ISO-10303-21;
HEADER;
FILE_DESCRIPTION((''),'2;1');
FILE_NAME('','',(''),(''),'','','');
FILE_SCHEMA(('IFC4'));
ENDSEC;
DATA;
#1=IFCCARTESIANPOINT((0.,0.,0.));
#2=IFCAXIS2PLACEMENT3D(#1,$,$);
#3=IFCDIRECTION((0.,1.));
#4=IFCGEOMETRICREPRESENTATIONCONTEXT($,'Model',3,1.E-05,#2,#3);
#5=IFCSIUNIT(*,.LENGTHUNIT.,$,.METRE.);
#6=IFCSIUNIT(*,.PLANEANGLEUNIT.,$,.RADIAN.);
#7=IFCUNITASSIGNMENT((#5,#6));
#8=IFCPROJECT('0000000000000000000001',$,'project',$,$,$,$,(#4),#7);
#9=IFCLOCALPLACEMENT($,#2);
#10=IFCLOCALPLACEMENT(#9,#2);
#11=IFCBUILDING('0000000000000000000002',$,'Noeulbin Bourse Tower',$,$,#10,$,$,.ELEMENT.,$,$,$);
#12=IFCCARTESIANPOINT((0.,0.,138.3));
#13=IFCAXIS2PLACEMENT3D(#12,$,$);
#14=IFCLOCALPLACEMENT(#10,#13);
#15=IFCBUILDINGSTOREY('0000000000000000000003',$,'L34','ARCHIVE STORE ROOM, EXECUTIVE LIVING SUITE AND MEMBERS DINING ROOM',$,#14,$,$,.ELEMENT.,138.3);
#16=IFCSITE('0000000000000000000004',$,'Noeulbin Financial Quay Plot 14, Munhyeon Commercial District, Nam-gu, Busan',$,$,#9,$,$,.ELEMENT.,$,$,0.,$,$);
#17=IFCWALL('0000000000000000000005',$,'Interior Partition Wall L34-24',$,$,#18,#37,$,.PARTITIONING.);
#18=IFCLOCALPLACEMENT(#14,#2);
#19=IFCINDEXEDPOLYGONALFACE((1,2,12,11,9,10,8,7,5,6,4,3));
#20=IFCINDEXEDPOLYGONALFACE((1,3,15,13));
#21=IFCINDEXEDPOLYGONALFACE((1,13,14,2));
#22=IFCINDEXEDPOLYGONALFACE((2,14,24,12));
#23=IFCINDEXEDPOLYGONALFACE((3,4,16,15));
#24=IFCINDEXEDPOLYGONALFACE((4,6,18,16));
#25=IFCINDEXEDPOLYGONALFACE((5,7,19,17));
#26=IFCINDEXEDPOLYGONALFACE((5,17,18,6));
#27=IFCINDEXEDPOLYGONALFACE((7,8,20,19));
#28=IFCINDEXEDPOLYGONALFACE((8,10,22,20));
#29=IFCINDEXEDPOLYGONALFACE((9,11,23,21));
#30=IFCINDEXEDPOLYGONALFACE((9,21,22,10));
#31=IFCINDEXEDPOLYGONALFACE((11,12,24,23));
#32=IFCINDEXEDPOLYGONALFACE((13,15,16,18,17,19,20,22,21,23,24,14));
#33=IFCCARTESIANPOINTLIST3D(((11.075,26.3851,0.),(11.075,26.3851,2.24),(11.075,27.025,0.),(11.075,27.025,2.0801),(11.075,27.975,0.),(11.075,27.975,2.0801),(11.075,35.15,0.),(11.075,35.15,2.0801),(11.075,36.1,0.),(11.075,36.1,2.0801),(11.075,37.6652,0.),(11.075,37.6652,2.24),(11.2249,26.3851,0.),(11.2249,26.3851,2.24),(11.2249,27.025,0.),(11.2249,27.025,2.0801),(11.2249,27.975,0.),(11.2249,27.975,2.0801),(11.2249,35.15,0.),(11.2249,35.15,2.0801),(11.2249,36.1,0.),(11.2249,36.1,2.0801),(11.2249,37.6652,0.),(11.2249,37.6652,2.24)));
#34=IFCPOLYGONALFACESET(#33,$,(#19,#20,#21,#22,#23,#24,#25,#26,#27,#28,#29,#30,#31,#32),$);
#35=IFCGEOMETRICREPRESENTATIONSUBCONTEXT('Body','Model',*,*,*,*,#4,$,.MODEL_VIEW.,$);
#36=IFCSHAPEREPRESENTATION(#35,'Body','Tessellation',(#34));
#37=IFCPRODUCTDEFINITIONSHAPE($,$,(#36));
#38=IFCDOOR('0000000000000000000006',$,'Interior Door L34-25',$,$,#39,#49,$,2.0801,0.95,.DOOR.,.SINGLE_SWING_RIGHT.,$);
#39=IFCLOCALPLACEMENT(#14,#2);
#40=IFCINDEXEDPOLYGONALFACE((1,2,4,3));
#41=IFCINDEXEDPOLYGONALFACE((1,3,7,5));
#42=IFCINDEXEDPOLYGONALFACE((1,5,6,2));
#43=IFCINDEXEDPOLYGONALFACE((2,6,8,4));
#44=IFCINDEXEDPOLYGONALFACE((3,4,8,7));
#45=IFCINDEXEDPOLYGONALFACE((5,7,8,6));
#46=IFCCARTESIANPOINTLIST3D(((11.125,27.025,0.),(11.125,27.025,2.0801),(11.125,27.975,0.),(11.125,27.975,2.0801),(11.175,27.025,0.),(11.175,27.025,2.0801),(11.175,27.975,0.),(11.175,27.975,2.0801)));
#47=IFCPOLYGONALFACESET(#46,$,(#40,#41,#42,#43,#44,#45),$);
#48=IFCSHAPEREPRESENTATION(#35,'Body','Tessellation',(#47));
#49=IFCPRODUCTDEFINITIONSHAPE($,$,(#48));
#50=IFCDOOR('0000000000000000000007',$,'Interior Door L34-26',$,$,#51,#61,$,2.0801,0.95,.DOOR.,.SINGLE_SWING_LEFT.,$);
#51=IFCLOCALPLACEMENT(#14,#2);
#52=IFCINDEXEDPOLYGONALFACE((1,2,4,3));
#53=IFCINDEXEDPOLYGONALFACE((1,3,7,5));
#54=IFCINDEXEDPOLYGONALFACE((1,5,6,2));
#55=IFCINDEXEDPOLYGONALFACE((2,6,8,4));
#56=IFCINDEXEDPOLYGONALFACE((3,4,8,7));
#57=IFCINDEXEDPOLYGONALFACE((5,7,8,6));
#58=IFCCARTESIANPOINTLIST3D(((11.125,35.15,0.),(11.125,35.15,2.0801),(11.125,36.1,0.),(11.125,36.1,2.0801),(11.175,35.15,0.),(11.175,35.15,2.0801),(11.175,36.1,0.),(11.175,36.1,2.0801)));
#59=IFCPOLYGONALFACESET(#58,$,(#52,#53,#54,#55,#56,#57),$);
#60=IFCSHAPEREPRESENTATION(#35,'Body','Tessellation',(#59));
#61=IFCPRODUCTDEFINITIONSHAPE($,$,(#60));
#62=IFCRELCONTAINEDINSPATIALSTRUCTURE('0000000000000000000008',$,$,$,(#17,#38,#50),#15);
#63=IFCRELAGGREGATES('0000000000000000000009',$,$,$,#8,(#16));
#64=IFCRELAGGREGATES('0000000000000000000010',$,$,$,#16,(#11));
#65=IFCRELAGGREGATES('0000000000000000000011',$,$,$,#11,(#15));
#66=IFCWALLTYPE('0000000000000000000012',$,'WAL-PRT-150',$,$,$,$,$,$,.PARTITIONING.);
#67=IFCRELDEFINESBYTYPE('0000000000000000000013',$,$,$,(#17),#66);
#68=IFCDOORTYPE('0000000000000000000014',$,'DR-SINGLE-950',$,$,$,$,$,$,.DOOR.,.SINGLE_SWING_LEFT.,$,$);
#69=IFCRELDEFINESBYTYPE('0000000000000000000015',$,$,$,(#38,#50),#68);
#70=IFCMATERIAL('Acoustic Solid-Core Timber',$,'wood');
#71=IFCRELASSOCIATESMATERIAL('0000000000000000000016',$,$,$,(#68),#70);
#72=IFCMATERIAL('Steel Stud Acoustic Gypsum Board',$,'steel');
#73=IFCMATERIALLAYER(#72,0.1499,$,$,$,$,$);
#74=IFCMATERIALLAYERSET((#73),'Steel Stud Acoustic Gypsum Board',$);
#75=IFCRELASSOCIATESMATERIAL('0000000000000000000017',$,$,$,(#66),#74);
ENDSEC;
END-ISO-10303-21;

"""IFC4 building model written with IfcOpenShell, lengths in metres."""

from ifc_helpers import new_model, si_unit, direction, frame, frame_2d, origin, place, context, subcontext, project, spatial, rectangle, extrude, material, layer, layer_set, type_object, element, fill, save


model = new_model("IFC4")

# Units and contexts
model_context = context("Model", 3, precision=1e-05, world=origin(), true_north=direction((0.0, 1.0)))
body_context = subcontext(model_context, "Body", "Model", "MODEL_VIEW")
ifc_project = project(units=[si_unit("LENGTHUNIT", "METRE"), si_unit("PLANEANGLEUNIT", "RADIAN")], contexts=[model_context])

# Site, building, storey
site_placement = place(None, origin())
site = spatial("IfcSite", under=ifc_project, at=site_placement, Name="Noeulbin Financial Quay Plot 14, Munhyeon Commercial District, Nam-gu, Busan", CompositionType="ELEMENT", RefElevation=0.0)
building_placement = place(site_placement, origin())
building = spatial("IfcBuilding", under=site, at=building_placement, Name="Noeulbin Bourse Tower", CompositionType="ELEMENT")
storey_placement = place(building_placement, frame((0.0, 0.0, 138.3)))
storey = spatial("IfcBuildingStorey", under=building, at=storey_placement, Name="L34", Description="ARCHIVE STORE ROOM, EXECUTIVE LIVING SUITE AND MEMBERS DINING ROOM", CompositionType="ELEMENT", Elevation=138.3)

# Shared definitions
ifc_material_1 = material(Name="Acoustic Solid-Core Timber", Category="wood")
door_type_1 = type_object("IfcDoorType", Name="DR-SINGLE-950", OperationType="SINGLE_SWING_LEFT", PredefinedType="DOOR", material=ifc_material_1)

# Wall, openings, doors
ifc_material_2 = material(Name="Steel Stud Acoustic Gypsum Board", Category="steel")
ifc_layer_1 = layer(ifc_material_2, 0.1499)
ifc_layer_set_1 = layer_set([ifc_layer_1], Name="Steel Stud Acoustic Gypsum Board")
wall_type_1 = type_object("IfcWallType", Name="WAL-PRT-150", PredefinedType="PARTITIONING", material=ifc_layer_set_1)
wall_1_placement = place(storey_placement, frame((11.1499, 26.385, 0.0), z_axis=(0.0, 0.0, 1.0), x_axis=(0.0, 1.0, 0.0)))
wall_1 = element("IfcWall", 1, at=wall_1_placement, inside=storey, type_object=wall_type_1, Name="Interior Partition Wall L34-24", PredefinedType="PARTITIONING", context=body_context, shape_type="SweptSolid", body=[
    extrude(rectangle(XDim=11.28, YDim=0.1499, at=frame_2d((5.6401, 0.0))), origin(), (0.0, 0.0, 1.0), 2.24),
])
opening_1_placement = place(wall_1_placement, frame((0.6399, 0.0, 0.0)))
opening_1 = element("IfcOpeningElement", 2, at=opening_1_placement, cuts=wall_1, PredefinedType="OPENING", context=body_context, shape_type="SweptSolid", body=[
    extrude(rectangle(XDim=0.95, YDim=2.0801, at=frame_2d((0.4751, 1.04))), frame((0.0, 0.085, 0.0), z_axis=(0.0, -1.0, 0.0), x_axis=(1.0, 0.0, 0.0)), (0.0, 0.0, 1.0), 0.1699),
])
opening_2_placement = place(wall_1_placement, frame((8.7649, 0.0, 0.0)))
opening_2 = element("IfcOpeningElement", 3, at=opening_2_placement, cuts=wall_1, PredefinedType="OPENING", context=body_context, shape_type="SweptSolid", body=[
    extrude(rectangle(XDim=0.95, YDim=2.0801, at=frame_2d((0.4751, 1.04))), frame((0.0, 0.085, 0.0), z_axis=(0.0, -1.0, 0.0), x_axis=(1.0, 0.0, 0.0)), (0.0, 0.0, 1.0), 0.1699),
])
door_1_placement = place(opening_1_placement, origin())
door_1 = element("IfcDoor", 4, at=door_1_placement, inside=storey, type_object=door_type_1, Name="Interior Door L34-25", OperationType="SINGLE_SWING_RIGHT", OverallHeight=2.0801, OverallWidth=0.95, PredefinedType="DOOR", context=body_context, shape_type="SweptSolid", body=[
    extrude(rectangle(XDim=0.95, YDim=2.0801, at=frame_2d((0.4751, 1.04))), frame((0.0, 0.0249, 0.0), z_axis=(0.0, -1.0, 0.0), x_axis=(1.0, 0.0, 0.0)), (0.0, 0.0, 1.0), 0.05),
])
fill(opening_1, door_1)
door_2_placement = place(opening_2_placement, origin())
door_2 = element("IfcDoor", 5, at=door_2_placement, inside=storey, type_object=door_type_1, Name="Interior Door L34-26", OperationType="SINGLE_SWING_LEFT", OverallHeight=2.0801, OverallWidth=0.95, PredefinedType="DOOR", context=body_context, shape_type="SweptSolid", body=[
    extrude(rectangle(XDim=0.95, YDim=2.0801, at=frame_2d((0.4751, 1.04))), frame((0.0, 0.0249, 0.0), z_axis=(0.0, -1.0, 0.0), x_axis=(1.0, 0.0, 0.0)), (0.0, 0.0, 1.0), 0.05),
])
fill(opening_2, door_2)

save(model, "model.ifc")
